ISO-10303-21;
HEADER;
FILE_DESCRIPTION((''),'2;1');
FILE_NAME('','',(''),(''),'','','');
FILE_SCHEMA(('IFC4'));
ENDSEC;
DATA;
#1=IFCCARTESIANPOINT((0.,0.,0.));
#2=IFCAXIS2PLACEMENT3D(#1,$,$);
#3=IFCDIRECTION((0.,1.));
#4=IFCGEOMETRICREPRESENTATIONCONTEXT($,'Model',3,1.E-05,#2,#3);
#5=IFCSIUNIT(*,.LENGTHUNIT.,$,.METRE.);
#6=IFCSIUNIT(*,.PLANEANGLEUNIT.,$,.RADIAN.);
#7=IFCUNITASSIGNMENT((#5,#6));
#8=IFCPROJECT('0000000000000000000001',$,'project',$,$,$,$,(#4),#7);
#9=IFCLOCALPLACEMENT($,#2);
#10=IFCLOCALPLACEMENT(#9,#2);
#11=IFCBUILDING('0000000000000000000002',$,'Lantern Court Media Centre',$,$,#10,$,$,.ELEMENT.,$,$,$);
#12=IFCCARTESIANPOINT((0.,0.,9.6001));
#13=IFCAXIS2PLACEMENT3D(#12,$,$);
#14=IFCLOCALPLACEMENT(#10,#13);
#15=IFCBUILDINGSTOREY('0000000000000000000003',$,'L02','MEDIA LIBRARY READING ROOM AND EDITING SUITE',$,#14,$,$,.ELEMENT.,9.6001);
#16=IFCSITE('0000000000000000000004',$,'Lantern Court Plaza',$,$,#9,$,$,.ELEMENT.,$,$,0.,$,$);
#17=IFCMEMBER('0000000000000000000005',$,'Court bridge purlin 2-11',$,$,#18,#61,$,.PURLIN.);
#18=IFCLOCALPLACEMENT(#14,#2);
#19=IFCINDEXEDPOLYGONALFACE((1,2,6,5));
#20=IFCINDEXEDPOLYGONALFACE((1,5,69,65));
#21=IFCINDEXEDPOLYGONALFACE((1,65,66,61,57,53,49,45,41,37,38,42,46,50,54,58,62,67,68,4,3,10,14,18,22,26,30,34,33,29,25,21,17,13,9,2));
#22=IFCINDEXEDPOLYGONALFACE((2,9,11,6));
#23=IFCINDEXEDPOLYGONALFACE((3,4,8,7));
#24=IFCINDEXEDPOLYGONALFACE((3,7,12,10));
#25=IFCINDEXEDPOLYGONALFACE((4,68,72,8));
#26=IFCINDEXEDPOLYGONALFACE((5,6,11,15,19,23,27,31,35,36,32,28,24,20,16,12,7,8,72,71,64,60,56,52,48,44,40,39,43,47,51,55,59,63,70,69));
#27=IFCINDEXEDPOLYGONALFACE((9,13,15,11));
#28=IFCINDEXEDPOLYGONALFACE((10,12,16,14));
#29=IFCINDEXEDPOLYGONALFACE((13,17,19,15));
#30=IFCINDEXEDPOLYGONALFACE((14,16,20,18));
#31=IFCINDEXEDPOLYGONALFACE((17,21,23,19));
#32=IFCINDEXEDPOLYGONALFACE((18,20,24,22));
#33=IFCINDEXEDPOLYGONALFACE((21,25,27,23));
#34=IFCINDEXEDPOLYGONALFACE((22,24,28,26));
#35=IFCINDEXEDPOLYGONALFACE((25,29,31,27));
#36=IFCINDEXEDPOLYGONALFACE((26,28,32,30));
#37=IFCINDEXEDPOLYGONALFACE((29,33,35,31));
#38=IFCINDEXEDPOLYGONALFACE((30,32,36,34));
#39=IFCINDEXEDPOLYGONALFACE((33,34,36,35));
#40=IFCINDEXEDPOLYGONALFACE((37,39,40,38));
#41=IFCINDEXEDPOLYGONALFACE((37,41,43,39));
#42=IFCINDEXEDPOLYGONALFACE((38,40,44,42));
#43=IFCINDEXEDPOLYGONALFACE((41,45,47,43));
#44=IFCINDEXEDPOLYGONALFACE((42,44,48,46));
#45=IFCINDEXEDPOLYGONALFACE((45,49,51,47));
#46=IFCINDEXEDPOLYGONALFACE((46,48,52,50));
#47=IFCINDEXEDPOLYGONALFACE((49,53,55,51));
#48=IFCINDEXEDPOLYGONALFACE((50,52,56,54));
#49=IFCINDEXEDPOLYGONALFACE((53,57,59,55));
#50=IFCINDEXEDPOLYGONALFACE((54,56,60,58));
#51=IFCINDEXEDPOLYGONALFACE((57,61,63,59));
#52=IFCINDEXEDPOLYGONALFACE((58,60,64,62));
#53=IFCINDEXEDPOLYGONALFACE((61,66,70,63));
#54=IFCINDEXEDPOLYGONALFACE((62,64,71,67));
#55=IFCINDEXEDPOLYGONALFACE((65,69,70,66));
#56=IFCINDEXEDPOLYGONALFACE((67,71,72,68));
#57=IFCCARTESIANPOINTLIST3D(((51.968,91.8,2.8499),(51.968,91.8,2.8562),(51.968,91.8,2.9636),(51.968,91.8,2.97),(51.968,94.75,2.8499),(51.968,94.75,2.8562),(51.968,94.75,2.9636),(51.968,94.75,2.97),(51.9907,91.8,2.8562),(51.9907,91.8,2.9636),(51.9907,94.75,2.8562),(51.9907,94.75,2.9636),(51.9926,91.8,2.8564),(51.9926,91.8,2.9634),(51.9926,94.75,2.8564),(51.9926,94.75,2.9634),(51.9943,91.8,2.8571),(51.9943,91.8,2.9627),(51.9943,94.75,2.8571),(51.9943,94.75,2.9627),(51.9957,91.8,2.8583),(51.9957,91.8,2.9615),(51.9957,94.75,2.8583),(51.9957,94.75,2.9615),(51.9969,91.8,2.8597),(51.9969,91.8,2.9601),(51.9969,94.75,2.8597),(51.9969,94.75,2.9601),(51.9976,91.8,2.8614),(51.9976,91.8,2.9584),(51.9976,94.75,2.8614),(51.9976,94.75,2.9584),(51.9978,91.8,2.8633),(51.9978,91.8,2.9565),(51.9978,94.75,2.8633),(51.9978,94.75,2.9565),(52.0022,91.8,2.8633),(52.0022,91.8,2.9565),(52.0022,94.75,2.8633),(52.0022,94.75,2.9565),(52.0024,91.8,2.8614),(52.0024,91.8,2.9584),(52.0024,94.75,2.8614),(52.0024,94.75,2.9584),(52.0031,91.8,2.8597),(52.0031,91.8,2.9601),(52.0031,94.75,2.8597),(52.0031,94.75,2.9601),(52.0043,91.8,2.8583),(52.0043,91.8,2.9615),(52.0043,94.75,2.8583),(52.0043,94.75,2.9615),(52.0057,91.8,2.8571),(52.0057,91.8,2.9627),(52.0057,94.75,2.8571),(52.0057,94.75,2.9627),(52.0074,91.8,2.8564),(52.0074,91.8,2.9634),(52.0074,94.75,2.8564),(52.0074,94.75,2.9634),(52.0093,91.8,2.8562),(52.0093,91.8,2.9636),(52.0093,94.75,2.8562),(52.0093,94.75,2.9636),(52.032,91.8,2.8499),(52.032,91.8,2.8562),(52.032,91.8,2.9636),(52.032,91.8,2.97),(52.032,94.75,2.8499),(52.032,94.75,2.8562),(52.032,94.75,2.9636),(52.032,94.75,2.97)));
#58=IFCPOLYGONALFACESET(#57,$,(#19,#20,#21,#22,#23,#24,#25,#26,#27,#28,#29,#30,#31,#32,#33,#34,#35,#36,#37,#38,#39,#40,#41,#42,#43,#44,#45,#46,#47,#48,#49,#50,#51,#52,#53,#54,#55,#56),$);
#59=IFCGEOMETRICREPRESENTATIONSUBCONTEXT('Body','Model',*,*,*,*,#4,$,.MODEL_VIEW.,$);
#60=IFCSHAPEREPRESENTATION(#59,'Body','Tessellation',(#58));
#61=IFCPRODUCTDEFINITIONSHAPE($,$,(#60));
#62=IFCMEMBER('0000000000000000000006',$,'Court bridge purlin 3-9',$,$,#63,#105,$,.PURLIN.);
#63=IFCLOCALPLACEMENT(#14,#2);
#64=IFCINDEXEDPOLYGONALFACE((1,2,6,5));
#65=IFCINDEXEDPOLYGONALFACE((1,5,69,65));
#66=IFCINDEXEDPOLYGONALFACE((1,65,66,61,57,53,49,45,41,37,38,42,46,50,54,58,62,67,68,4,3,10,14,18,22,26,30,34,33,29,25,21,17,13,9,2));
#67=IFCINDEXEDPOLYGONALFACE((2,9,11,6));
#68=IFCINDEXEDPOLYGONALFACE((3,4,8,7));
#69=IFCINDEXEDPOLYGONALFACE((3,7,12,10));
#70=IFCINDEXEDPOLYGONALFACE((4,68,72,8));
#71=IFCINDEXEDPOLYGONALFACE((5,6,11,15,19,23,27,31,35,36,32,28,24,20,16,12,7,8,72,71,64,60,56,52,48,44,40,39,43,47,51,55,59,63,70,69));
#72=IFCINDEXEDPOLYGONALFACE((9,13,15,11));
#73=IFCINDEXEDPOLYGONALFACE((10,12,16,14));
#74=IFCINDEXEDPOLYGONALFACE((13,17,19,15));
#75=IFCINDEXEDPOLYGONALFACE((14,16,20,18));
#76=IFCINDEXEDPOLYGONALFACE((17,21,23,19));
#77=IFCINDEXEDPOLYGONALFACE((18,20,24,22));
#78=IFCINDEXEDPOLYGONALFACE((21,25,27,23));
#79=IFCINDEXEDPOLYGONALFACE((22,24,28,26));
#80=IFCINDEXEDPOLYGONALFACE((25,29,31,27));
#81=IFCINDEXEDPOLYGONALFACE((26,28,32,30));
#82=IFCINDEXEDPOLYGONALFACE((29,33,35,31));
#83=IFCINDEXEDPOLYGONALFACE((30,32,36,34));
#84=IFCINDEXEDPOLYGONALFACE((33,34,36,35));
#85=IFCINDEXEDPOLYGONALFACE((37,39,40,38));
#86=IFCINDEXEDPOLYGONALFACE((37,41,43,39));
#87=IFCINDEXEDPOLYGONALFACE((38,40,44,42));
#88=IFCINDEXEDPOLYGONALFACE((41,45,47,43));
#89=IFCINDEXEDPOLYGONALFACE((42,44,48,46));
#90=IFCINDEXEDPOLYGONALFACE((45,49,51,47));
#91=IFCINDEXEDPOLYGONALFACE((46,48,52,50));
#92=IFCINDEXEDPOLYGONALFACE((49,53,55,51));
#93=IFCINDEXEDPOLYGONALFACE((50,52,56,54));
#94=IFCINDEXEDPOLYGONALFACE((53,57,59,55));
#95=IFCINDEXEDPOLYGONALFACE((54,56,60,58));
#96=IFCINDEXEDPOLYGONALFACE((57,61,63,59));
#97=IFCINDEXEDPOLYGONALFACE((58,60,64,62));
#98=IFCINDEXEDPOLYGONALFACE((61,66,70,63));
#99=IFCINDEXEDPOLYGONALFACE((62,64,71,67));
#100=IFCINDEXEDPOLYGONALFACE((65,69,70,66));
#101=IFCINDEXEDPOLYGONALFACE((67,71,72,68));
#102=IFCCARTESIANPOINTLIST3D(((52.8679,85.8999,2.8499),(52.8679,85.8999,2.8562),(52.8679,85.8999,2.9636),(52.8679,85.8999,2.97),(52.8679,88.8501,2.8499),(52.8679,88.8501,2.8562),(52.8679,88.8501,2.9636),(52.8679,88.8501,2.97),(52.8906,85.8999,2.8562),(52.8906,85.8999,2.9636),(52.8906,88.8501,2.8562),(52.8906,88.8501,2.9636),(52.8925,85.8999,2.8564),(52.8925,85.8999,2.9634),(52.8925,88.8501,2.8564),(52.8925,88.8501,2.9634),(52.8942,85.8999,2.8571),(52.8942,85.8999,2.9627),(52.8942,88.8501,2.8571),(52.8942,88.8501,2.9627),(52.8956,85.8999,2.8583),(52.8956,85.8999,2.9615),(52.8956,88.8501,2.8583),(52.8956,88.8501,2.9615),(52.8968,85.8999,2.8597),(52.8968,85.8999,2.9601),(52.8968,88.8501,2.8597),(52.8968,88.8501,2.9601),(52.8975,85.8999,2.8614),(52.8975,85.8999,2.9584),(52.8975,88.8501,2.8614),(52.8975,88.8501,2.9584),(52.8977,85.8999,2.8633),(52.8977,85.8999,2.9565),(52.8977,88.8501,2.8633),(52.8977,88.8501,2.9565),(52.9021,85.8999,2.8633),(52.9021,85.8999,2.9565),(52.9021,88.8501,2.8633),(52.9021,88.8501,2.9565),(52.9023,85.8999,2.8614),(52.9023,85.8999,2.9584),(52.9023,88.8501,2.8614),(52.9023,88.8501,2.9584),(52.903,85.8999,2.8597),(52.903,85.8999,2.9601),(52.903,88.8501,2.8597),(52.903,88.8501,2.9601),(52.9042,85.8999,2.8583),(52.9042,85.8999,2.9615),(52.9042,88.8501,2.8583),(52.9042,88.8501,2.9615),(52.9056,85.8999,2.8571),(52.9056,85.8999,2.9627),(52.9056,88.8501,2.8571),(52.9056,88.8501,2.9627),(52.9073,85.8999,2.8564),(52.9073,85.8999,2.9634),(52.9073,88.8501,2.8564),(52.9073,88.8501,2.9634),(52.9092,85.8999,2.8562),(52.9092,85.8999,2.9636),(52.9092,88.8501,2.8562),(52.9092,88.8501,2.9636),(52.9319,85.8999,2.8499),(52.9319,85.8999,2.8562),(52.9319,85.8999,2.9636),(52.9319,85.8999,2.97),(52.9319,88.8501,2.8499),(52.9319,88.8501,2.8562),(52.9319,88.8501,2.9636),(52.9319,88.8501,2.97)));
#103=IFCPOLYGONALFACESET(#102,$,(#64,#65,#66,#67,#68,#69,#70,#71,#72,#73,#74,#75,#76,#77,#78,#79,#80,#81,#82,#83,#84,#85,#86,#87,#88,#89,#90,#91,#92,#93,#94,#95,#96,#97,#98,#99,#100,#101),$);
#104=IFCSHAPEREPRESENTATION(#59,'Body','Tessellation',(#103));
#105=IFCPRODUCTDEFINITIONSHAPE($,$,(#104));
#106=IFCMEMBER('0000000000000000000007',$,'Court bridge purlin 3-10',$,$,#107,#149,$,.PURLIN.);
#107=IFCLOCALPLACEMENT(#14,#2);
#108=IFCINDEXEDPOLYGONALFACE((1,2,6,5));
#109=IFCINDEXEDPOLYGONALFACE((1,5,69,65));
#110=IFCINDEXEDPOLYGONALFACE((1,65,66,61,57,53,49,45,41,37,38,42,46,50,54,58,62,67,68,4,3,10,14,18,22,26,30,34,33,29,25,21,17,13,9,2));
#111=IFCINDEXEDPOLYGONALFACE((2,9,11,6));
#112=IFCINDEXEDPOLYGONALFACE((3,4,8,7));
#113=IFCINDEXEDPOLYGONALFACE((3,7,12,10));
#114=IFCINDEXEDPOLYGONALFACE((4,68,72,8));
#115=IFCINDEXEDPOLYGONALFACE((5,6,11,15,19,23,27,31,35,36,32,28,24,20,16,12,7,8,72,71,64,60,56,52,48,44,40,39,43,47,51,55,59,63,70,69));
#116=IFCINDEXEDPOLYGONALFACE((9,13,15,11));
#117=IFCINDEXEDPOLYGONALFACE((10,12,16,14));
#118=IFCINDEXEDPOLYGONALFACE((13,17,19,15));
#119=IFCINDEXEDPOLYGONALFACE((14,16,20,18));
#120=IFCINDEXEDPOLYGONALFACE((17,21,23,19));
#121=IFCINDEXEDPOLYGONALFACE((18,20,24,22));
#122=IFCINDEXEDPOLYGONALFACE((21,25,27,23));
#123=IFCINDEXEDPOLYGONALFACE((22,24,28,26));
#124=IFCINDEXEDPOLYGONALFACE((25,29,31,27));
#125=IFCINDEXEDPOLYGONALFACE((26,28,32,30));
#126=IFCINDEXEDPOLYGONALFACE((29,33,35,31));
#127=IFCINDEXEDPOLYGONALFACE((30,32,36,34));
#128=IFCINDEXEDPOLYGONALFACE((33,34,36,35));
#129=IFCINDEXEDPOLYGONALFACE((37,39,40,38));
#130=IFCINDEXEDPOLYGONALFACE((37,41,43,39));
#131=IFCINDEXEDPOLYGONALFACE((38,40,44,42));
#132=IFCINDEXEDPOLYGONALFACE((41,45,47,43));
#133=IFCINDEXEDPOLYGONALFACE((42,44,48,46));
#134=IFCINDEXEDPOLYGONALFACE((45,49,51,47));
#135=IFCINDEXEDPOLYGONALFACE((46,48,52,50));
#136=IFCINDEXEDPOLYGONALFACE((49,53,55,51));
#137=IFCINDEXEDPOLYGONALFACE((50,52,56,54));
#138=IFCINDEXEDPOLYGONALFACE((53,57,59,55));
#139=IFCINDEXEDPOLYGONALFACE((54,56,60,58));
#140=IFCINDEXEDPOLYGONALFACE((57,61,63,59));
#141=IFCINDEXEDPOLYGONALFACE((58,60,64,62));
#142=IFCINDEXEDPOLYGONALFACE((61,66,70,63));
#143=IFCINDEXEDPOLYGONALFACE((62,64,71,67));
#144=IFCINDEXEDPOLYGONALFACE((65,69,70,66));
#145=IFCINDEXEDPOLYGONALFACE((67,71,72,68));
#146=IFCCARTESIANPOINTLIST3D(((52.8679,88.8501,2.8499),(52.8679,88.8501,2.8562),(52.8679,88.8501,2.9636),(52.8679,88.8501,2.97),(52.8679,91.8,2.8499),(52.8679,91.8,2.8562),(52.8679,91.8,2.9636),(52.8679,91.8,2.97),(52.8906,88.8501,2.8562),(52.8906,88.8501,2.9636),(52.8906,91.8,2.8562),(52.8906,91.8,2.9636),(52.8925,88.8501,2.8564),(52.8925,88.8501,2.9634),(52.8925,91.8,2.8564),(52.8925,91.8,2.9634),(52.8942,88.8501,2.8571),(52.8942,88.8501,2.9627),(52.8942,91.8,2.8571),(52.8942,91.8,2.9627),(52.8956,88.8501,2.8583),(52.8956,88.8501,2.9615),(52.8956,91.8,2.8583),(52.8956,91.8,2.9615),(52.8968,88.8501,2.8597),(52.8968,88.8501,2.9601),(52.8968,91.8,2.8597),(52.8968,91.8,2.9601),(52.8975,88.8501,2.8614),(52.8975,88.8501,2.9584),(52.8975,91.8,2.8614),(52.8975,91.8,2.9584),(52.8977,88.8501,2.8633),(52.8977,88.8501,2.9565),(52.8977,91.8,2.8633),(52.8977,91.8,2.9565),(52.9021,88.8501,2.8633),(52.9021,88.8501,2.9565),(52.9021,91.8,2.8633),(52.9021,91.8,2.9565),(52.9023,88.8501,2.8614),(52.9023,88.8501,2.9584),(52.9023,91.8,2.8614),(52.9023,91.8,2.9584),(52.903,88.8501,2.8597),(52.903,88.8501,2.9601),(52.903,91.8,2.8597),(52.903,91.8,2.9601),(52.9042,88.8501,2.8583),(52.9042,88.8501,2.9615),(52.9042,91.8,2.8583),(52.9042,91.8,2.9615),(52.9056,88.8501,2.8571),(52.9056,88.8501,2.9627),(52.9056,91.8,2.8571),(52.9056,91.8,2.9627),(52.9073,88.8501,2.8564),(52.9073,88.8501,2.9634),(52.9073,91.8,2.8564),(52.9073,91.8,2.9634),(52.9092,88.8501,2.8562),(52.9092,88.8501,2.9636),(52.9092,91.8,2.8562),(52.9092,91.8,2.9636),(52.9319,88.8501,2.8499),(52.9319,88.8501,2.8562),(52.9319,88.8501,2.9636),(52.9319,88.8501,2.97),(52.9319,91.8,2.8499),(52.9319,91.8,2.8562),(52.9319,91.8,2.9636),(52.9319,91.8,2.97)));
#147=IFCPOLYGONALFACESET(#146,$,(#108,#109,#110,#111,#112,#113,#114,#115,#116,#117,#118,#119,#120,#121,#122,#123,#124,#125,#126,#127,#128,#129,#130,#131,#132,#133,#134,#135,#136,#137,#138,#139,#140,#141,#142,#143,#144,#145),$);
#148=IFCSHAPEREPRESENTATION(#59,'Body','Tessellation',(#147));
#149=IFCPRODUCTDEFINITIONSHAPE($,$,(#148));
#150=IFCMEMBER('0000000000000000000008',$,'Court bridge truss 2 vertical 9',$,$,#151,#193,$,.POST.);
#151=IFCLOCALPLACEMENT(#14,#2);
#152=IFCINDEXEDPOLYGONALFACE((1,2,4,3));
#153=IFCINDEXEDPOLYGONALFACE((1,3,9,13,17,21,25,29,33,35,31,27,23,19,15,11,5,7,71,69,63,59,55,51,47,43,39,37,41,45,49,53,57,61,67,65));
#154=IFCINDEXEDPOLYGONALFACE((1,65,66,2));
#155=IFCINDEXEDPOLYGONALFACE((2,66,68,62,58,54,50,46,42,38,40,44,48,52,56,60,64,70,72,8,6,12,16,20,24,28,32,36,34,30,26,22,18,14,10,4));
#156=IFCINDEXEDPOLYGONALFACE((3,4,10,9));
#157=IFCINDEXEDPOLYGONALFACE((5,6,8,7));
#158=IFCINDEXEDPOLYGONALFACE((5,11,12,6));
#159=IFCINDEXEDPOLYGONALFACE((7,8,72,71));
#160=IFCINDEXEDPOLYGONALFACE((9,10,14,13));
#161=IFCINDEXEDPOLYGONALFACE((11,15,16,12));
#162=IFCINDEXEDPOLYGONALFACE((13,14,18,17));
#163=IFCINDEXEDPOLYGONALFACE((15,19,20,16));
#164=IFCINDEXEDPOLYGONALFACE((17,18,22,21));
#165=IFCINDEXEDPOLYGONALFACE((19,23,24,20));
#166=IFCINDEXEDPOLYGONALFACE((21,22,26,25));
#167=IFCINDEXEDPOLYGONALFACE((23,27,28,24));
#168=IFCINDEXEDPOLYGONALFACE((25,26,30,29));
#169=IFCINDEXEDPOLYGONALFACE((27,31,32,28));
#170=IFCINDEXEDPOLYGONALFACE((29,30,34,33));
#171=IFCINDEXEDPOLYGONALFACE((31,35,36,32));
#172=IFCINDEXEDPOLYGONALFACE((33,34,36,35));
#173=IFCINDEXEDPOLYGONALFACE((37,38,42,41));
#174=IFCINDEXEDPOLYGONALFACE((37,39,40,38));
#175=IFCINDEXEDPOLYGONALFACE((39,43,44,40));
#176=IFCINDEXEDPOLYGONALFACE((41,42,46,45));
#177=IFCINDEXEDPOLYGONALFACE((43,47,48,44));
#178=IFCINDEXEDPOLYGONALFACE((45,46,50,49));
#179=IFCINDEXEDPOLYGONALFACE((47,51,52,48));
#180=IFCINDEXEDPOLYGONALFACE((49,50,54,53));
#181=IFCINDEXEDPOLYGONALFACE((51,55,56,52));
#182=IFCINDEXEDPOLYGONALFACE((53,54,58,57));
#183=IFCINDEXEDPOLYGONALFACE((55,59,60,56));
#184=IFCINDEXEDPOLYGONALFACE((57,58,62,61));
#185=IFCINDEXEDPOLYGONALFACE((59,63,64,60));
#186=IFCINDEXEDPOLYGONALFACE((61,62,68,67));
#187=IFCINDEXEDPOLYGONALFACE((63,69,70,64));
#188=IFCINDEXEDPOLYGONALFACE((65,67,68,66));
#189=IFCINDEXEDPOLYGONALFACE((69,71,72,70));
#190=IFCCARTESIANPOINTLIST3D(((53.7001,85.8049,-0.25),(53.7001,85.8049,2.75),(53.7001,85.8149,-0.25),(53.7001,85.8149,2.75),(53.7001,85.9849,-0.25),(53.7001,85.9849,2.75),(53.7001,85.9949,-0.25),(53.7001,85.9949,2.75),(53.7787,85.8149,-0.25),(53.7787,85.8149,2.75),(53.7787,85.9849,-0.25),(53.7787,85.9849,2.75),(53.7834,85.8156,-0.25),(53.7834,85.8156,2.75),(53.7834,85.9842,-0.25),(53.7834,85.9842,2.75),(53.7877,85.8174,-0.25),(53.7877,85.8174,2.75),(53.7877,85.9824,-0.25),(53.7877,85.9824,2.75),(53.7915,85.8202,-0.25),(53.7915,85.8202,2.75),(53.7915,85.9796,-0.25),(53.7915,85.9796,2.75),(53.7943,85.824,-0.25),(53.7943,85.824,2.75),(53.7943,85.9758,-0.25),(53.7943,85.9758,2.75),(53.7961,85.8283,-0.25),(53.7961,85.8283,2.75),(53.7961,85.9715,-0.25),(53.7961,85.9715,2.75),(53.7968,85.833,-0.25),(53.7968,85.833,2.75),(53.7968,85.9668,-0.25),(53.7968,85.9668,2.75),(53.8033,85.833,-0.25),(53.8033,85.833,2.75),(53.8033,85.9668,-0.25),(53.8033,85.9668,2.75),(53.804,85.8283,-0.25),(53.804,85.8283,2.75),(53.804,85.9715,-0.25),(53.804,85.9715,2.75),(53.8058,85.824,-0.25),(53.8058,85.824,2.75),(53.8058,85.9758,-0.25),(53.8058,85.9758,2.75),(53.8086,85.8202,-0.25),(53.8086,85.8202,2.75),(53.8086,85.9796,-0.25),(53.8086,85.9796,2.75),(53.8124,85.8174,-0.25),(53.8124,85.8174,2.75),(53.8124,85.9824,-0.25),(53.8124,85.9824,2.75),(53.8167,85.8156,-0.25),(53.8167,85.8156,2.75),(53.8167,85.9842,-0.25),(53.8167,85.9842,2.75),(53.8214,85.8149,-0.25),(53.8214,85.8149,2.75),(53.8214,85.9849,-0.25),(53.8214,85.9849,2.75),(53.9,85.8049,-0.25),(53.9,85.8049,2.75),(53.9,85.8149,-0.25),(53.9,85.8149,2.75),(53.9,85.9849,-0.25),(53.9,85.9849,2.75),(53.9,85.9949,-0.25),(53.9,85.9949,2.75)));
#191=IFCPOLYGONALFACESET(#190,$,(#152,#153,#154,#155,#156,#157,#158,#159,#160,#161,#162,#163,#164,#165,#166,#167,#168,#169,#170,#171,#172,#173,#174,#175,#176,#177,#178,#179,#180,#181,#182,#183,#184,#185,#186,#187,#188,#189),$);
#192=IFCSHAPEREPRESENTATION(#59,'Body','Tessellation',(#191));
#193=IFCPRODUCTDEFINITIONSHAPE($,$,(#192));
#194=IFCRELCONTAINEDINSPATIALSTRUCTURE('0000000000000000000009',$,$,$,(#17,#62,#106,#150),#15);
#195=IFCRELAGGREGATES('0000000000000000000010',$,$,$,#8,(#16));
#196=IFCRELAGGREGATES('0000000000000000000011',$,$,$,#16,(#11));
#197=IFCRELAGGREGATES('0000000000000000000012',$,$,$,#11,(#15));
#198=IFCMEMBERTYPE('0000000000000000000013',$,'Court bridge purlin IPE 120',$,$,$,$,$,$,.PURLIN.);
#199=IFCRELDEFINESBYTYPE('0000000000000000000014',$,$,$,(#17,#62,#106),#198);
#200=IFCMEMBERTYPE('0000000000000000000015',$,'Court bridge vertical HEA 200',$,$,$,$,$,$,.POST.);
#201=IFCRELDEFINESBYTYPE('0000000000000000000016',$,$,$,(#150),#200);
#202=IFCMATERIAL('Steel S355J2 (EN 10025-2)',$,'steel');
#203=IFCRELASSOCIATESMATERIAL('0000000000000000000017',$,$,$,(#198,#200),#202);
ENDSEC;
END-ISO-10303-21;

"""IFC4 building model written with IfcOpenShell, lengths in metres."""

from ifc_helpers import new_model, si_unit, direction, frame, origin, origin_2d, place, context, subcontext, project, spatial, i_section, extrude, material, material_profile, profile_set, type_object, element, save


model = new_model("IFC4")

# Units and contexts
model_context = context("Model", 3, precision=1e-05, world=origin(), true_north=direction((0.0, 1.0)))
body_context = subcontext(model_context, "Body", "Model", "MODEL_VIEW")
ifc_project = project(units=[si_unit("LENGTHUNIT", "METRE"), si_unit("PLANEANGLEUNIT", "RADIAN")], contexts=[model_context])

# Site, building, storey
site_placement = place(None, origin())
site = spatial("IfcSite", under=ifc_project, at=site_placement, Name="Lantern Court Plaza", CompositionType="ELEMENT", RefElevation=0.0)
building_placement = place(site_placement, origin())
building = spatial("IfcBuilding", under=site, at=building_placement, Name="Lantern Court Media Centre", CompositionType="ELEMENT")
storey_placement = place(building_placement, frame((0.0, 0.0, 9.6001)))
storey = spatial("IfcBuildingStorey", under=building, at=storey_placement, Name="L02", Description="MEDIA LIBRARY READING ROOM AND EDITING SUITE", CompositionType="ELEMENT", Elevation=9.6001)

# Shared definitions
ifc_material_1 = material(Name="Steel S355J2 (EN 10025-2)", Category="steel")

# Members
ifc_material_profile_1 = material_profile(ifc_material_1, i_section(OverallWidth=0.064, OverallDepth=0.1201, WebThickness=0.0044, FlangeThickness=0.0063, FilletRadius=0.0071, at=origin_2d()), Name="IPE 120")
ifc_profile_set_1 = profile_set([ifc_material_profile_1], Name="Steel S355J2 (EN 10025-2)")
member_type_1 = type_object("IfcMemberType", Name="Court bridge purlin IPE 120", PredefinedType="PURLIN", material=ifc_profile_set_1)
for number, where, z_axis, x_axis, name in (
    (1, (52.0, 91.8, 2.9099), (0.0, 1.0, 0.0), (-1.0, 0.0, 0.0), "Court bridge purlin 2-11"),
):
    element("IfcMember", number, at=place(storey_placement, frame(where, z_axis=z_axis, x_axis=x_axis)), inside=storey, type_object=member_type_1, Name=name, PredefinedType="PURLIN", context=body_context, shape_type="SweptSolid", body=[
        extrude(i_section(OverallWidth=0.064, OverallDepth=0.1201, WebThickness=0.0044, FlangeThickness=0.0063, FilletRadius=0.0071, at=origin_2d()), origin(), (0.0, 0.0, 1.0), 2.95),
    ])
member_1_placement = place(storey_placement, frame((52.8999, 85.8999, 2.9099), z_axis=(0.0, 1.0, 0.0), x_axis=(-1.0, 0.0, 0.0)))
element("IfcMember", 2, at=member_1_placement, inside=storey, type_object=member_type_1, Name="Court bridge purlin 3-9", PredefinedType="PURLIN", context=body_context, shape_type="SweptSolid", body=[
    extrude(i_section(OverallWidth=0.064, OverallDepth=0.1201, WebThickness=0.0044, FlangeThickness=0.0063, FilletRadius=0.0071, at=origin_2d()), origin(), (0.0, 0.0, 1.0), 2.9502),
])
member_2_placement = place(storey_placement, frame((52.8999, 88.8501, 2.9099), z_axis=(0.0, 1.0, 0.0), x_axis=(-1.0, 0.0, 0.0)))
element("IfcMember", 3, at=member_2_placement, inside=storey, type_object=member_type_1, Name="Court bridge purlin 3-10", PredefinedType="PURLIN", context=body_context, shape_type="SweptSolid", body=[
    extrude(i_section(OverallWidth=0.064, OverallDepth=0.1201, WebThickness=0.0044, FlangeThickness=0.0063, FilletRadius=0.0071, at=origin_2d()), origin(), (0.0, 0.0, 1.0), 2.95),
])
ifc_material_profile_2 = material_profile(ifc_material_1, i_section(OverallWidth=0.2, OverallDepth=0.1899, WebThickness=0.0066, FlangeThickness=0.01, FilletRadius=0.0181, at=origin_2d()), Name="HEA 200")
ifc_profile_set_2 = profile_set([ifc_material_profile_2], Name="Steel S355J2 (EN 10025-2)")
member_type_2 = type_object("IfcMemberType", Name="Court bridge vertical HEA 200", PredefinedType="POST", material=ifc_profile_set_2)
member_3_placement = place(storey_placement, frame((53.8, 85.8999, -0.25), z_axis=(0.0, 0.0, 1.0), x_axis=(1.0, 0.0, 0.0)))
element("IfcMember", 4, at=member_3_placement, inside=storey, type_object=member_type_2, Name="Court bridge truss 2 vertical 9", PredefinedType="POST", context=body_context, shape_type="SweptSolid", body=[
    extrude(i_section(OverallWidth=0.2, OverallDepth=0.1899, WebThickness=0.0066, FlangeThickness=0.01, FilletRadius=0.0181, at=origin_2d()), origin(), (0.0, 0.0, 1.0), 3.0),
])

save(model, "model.ifc")
